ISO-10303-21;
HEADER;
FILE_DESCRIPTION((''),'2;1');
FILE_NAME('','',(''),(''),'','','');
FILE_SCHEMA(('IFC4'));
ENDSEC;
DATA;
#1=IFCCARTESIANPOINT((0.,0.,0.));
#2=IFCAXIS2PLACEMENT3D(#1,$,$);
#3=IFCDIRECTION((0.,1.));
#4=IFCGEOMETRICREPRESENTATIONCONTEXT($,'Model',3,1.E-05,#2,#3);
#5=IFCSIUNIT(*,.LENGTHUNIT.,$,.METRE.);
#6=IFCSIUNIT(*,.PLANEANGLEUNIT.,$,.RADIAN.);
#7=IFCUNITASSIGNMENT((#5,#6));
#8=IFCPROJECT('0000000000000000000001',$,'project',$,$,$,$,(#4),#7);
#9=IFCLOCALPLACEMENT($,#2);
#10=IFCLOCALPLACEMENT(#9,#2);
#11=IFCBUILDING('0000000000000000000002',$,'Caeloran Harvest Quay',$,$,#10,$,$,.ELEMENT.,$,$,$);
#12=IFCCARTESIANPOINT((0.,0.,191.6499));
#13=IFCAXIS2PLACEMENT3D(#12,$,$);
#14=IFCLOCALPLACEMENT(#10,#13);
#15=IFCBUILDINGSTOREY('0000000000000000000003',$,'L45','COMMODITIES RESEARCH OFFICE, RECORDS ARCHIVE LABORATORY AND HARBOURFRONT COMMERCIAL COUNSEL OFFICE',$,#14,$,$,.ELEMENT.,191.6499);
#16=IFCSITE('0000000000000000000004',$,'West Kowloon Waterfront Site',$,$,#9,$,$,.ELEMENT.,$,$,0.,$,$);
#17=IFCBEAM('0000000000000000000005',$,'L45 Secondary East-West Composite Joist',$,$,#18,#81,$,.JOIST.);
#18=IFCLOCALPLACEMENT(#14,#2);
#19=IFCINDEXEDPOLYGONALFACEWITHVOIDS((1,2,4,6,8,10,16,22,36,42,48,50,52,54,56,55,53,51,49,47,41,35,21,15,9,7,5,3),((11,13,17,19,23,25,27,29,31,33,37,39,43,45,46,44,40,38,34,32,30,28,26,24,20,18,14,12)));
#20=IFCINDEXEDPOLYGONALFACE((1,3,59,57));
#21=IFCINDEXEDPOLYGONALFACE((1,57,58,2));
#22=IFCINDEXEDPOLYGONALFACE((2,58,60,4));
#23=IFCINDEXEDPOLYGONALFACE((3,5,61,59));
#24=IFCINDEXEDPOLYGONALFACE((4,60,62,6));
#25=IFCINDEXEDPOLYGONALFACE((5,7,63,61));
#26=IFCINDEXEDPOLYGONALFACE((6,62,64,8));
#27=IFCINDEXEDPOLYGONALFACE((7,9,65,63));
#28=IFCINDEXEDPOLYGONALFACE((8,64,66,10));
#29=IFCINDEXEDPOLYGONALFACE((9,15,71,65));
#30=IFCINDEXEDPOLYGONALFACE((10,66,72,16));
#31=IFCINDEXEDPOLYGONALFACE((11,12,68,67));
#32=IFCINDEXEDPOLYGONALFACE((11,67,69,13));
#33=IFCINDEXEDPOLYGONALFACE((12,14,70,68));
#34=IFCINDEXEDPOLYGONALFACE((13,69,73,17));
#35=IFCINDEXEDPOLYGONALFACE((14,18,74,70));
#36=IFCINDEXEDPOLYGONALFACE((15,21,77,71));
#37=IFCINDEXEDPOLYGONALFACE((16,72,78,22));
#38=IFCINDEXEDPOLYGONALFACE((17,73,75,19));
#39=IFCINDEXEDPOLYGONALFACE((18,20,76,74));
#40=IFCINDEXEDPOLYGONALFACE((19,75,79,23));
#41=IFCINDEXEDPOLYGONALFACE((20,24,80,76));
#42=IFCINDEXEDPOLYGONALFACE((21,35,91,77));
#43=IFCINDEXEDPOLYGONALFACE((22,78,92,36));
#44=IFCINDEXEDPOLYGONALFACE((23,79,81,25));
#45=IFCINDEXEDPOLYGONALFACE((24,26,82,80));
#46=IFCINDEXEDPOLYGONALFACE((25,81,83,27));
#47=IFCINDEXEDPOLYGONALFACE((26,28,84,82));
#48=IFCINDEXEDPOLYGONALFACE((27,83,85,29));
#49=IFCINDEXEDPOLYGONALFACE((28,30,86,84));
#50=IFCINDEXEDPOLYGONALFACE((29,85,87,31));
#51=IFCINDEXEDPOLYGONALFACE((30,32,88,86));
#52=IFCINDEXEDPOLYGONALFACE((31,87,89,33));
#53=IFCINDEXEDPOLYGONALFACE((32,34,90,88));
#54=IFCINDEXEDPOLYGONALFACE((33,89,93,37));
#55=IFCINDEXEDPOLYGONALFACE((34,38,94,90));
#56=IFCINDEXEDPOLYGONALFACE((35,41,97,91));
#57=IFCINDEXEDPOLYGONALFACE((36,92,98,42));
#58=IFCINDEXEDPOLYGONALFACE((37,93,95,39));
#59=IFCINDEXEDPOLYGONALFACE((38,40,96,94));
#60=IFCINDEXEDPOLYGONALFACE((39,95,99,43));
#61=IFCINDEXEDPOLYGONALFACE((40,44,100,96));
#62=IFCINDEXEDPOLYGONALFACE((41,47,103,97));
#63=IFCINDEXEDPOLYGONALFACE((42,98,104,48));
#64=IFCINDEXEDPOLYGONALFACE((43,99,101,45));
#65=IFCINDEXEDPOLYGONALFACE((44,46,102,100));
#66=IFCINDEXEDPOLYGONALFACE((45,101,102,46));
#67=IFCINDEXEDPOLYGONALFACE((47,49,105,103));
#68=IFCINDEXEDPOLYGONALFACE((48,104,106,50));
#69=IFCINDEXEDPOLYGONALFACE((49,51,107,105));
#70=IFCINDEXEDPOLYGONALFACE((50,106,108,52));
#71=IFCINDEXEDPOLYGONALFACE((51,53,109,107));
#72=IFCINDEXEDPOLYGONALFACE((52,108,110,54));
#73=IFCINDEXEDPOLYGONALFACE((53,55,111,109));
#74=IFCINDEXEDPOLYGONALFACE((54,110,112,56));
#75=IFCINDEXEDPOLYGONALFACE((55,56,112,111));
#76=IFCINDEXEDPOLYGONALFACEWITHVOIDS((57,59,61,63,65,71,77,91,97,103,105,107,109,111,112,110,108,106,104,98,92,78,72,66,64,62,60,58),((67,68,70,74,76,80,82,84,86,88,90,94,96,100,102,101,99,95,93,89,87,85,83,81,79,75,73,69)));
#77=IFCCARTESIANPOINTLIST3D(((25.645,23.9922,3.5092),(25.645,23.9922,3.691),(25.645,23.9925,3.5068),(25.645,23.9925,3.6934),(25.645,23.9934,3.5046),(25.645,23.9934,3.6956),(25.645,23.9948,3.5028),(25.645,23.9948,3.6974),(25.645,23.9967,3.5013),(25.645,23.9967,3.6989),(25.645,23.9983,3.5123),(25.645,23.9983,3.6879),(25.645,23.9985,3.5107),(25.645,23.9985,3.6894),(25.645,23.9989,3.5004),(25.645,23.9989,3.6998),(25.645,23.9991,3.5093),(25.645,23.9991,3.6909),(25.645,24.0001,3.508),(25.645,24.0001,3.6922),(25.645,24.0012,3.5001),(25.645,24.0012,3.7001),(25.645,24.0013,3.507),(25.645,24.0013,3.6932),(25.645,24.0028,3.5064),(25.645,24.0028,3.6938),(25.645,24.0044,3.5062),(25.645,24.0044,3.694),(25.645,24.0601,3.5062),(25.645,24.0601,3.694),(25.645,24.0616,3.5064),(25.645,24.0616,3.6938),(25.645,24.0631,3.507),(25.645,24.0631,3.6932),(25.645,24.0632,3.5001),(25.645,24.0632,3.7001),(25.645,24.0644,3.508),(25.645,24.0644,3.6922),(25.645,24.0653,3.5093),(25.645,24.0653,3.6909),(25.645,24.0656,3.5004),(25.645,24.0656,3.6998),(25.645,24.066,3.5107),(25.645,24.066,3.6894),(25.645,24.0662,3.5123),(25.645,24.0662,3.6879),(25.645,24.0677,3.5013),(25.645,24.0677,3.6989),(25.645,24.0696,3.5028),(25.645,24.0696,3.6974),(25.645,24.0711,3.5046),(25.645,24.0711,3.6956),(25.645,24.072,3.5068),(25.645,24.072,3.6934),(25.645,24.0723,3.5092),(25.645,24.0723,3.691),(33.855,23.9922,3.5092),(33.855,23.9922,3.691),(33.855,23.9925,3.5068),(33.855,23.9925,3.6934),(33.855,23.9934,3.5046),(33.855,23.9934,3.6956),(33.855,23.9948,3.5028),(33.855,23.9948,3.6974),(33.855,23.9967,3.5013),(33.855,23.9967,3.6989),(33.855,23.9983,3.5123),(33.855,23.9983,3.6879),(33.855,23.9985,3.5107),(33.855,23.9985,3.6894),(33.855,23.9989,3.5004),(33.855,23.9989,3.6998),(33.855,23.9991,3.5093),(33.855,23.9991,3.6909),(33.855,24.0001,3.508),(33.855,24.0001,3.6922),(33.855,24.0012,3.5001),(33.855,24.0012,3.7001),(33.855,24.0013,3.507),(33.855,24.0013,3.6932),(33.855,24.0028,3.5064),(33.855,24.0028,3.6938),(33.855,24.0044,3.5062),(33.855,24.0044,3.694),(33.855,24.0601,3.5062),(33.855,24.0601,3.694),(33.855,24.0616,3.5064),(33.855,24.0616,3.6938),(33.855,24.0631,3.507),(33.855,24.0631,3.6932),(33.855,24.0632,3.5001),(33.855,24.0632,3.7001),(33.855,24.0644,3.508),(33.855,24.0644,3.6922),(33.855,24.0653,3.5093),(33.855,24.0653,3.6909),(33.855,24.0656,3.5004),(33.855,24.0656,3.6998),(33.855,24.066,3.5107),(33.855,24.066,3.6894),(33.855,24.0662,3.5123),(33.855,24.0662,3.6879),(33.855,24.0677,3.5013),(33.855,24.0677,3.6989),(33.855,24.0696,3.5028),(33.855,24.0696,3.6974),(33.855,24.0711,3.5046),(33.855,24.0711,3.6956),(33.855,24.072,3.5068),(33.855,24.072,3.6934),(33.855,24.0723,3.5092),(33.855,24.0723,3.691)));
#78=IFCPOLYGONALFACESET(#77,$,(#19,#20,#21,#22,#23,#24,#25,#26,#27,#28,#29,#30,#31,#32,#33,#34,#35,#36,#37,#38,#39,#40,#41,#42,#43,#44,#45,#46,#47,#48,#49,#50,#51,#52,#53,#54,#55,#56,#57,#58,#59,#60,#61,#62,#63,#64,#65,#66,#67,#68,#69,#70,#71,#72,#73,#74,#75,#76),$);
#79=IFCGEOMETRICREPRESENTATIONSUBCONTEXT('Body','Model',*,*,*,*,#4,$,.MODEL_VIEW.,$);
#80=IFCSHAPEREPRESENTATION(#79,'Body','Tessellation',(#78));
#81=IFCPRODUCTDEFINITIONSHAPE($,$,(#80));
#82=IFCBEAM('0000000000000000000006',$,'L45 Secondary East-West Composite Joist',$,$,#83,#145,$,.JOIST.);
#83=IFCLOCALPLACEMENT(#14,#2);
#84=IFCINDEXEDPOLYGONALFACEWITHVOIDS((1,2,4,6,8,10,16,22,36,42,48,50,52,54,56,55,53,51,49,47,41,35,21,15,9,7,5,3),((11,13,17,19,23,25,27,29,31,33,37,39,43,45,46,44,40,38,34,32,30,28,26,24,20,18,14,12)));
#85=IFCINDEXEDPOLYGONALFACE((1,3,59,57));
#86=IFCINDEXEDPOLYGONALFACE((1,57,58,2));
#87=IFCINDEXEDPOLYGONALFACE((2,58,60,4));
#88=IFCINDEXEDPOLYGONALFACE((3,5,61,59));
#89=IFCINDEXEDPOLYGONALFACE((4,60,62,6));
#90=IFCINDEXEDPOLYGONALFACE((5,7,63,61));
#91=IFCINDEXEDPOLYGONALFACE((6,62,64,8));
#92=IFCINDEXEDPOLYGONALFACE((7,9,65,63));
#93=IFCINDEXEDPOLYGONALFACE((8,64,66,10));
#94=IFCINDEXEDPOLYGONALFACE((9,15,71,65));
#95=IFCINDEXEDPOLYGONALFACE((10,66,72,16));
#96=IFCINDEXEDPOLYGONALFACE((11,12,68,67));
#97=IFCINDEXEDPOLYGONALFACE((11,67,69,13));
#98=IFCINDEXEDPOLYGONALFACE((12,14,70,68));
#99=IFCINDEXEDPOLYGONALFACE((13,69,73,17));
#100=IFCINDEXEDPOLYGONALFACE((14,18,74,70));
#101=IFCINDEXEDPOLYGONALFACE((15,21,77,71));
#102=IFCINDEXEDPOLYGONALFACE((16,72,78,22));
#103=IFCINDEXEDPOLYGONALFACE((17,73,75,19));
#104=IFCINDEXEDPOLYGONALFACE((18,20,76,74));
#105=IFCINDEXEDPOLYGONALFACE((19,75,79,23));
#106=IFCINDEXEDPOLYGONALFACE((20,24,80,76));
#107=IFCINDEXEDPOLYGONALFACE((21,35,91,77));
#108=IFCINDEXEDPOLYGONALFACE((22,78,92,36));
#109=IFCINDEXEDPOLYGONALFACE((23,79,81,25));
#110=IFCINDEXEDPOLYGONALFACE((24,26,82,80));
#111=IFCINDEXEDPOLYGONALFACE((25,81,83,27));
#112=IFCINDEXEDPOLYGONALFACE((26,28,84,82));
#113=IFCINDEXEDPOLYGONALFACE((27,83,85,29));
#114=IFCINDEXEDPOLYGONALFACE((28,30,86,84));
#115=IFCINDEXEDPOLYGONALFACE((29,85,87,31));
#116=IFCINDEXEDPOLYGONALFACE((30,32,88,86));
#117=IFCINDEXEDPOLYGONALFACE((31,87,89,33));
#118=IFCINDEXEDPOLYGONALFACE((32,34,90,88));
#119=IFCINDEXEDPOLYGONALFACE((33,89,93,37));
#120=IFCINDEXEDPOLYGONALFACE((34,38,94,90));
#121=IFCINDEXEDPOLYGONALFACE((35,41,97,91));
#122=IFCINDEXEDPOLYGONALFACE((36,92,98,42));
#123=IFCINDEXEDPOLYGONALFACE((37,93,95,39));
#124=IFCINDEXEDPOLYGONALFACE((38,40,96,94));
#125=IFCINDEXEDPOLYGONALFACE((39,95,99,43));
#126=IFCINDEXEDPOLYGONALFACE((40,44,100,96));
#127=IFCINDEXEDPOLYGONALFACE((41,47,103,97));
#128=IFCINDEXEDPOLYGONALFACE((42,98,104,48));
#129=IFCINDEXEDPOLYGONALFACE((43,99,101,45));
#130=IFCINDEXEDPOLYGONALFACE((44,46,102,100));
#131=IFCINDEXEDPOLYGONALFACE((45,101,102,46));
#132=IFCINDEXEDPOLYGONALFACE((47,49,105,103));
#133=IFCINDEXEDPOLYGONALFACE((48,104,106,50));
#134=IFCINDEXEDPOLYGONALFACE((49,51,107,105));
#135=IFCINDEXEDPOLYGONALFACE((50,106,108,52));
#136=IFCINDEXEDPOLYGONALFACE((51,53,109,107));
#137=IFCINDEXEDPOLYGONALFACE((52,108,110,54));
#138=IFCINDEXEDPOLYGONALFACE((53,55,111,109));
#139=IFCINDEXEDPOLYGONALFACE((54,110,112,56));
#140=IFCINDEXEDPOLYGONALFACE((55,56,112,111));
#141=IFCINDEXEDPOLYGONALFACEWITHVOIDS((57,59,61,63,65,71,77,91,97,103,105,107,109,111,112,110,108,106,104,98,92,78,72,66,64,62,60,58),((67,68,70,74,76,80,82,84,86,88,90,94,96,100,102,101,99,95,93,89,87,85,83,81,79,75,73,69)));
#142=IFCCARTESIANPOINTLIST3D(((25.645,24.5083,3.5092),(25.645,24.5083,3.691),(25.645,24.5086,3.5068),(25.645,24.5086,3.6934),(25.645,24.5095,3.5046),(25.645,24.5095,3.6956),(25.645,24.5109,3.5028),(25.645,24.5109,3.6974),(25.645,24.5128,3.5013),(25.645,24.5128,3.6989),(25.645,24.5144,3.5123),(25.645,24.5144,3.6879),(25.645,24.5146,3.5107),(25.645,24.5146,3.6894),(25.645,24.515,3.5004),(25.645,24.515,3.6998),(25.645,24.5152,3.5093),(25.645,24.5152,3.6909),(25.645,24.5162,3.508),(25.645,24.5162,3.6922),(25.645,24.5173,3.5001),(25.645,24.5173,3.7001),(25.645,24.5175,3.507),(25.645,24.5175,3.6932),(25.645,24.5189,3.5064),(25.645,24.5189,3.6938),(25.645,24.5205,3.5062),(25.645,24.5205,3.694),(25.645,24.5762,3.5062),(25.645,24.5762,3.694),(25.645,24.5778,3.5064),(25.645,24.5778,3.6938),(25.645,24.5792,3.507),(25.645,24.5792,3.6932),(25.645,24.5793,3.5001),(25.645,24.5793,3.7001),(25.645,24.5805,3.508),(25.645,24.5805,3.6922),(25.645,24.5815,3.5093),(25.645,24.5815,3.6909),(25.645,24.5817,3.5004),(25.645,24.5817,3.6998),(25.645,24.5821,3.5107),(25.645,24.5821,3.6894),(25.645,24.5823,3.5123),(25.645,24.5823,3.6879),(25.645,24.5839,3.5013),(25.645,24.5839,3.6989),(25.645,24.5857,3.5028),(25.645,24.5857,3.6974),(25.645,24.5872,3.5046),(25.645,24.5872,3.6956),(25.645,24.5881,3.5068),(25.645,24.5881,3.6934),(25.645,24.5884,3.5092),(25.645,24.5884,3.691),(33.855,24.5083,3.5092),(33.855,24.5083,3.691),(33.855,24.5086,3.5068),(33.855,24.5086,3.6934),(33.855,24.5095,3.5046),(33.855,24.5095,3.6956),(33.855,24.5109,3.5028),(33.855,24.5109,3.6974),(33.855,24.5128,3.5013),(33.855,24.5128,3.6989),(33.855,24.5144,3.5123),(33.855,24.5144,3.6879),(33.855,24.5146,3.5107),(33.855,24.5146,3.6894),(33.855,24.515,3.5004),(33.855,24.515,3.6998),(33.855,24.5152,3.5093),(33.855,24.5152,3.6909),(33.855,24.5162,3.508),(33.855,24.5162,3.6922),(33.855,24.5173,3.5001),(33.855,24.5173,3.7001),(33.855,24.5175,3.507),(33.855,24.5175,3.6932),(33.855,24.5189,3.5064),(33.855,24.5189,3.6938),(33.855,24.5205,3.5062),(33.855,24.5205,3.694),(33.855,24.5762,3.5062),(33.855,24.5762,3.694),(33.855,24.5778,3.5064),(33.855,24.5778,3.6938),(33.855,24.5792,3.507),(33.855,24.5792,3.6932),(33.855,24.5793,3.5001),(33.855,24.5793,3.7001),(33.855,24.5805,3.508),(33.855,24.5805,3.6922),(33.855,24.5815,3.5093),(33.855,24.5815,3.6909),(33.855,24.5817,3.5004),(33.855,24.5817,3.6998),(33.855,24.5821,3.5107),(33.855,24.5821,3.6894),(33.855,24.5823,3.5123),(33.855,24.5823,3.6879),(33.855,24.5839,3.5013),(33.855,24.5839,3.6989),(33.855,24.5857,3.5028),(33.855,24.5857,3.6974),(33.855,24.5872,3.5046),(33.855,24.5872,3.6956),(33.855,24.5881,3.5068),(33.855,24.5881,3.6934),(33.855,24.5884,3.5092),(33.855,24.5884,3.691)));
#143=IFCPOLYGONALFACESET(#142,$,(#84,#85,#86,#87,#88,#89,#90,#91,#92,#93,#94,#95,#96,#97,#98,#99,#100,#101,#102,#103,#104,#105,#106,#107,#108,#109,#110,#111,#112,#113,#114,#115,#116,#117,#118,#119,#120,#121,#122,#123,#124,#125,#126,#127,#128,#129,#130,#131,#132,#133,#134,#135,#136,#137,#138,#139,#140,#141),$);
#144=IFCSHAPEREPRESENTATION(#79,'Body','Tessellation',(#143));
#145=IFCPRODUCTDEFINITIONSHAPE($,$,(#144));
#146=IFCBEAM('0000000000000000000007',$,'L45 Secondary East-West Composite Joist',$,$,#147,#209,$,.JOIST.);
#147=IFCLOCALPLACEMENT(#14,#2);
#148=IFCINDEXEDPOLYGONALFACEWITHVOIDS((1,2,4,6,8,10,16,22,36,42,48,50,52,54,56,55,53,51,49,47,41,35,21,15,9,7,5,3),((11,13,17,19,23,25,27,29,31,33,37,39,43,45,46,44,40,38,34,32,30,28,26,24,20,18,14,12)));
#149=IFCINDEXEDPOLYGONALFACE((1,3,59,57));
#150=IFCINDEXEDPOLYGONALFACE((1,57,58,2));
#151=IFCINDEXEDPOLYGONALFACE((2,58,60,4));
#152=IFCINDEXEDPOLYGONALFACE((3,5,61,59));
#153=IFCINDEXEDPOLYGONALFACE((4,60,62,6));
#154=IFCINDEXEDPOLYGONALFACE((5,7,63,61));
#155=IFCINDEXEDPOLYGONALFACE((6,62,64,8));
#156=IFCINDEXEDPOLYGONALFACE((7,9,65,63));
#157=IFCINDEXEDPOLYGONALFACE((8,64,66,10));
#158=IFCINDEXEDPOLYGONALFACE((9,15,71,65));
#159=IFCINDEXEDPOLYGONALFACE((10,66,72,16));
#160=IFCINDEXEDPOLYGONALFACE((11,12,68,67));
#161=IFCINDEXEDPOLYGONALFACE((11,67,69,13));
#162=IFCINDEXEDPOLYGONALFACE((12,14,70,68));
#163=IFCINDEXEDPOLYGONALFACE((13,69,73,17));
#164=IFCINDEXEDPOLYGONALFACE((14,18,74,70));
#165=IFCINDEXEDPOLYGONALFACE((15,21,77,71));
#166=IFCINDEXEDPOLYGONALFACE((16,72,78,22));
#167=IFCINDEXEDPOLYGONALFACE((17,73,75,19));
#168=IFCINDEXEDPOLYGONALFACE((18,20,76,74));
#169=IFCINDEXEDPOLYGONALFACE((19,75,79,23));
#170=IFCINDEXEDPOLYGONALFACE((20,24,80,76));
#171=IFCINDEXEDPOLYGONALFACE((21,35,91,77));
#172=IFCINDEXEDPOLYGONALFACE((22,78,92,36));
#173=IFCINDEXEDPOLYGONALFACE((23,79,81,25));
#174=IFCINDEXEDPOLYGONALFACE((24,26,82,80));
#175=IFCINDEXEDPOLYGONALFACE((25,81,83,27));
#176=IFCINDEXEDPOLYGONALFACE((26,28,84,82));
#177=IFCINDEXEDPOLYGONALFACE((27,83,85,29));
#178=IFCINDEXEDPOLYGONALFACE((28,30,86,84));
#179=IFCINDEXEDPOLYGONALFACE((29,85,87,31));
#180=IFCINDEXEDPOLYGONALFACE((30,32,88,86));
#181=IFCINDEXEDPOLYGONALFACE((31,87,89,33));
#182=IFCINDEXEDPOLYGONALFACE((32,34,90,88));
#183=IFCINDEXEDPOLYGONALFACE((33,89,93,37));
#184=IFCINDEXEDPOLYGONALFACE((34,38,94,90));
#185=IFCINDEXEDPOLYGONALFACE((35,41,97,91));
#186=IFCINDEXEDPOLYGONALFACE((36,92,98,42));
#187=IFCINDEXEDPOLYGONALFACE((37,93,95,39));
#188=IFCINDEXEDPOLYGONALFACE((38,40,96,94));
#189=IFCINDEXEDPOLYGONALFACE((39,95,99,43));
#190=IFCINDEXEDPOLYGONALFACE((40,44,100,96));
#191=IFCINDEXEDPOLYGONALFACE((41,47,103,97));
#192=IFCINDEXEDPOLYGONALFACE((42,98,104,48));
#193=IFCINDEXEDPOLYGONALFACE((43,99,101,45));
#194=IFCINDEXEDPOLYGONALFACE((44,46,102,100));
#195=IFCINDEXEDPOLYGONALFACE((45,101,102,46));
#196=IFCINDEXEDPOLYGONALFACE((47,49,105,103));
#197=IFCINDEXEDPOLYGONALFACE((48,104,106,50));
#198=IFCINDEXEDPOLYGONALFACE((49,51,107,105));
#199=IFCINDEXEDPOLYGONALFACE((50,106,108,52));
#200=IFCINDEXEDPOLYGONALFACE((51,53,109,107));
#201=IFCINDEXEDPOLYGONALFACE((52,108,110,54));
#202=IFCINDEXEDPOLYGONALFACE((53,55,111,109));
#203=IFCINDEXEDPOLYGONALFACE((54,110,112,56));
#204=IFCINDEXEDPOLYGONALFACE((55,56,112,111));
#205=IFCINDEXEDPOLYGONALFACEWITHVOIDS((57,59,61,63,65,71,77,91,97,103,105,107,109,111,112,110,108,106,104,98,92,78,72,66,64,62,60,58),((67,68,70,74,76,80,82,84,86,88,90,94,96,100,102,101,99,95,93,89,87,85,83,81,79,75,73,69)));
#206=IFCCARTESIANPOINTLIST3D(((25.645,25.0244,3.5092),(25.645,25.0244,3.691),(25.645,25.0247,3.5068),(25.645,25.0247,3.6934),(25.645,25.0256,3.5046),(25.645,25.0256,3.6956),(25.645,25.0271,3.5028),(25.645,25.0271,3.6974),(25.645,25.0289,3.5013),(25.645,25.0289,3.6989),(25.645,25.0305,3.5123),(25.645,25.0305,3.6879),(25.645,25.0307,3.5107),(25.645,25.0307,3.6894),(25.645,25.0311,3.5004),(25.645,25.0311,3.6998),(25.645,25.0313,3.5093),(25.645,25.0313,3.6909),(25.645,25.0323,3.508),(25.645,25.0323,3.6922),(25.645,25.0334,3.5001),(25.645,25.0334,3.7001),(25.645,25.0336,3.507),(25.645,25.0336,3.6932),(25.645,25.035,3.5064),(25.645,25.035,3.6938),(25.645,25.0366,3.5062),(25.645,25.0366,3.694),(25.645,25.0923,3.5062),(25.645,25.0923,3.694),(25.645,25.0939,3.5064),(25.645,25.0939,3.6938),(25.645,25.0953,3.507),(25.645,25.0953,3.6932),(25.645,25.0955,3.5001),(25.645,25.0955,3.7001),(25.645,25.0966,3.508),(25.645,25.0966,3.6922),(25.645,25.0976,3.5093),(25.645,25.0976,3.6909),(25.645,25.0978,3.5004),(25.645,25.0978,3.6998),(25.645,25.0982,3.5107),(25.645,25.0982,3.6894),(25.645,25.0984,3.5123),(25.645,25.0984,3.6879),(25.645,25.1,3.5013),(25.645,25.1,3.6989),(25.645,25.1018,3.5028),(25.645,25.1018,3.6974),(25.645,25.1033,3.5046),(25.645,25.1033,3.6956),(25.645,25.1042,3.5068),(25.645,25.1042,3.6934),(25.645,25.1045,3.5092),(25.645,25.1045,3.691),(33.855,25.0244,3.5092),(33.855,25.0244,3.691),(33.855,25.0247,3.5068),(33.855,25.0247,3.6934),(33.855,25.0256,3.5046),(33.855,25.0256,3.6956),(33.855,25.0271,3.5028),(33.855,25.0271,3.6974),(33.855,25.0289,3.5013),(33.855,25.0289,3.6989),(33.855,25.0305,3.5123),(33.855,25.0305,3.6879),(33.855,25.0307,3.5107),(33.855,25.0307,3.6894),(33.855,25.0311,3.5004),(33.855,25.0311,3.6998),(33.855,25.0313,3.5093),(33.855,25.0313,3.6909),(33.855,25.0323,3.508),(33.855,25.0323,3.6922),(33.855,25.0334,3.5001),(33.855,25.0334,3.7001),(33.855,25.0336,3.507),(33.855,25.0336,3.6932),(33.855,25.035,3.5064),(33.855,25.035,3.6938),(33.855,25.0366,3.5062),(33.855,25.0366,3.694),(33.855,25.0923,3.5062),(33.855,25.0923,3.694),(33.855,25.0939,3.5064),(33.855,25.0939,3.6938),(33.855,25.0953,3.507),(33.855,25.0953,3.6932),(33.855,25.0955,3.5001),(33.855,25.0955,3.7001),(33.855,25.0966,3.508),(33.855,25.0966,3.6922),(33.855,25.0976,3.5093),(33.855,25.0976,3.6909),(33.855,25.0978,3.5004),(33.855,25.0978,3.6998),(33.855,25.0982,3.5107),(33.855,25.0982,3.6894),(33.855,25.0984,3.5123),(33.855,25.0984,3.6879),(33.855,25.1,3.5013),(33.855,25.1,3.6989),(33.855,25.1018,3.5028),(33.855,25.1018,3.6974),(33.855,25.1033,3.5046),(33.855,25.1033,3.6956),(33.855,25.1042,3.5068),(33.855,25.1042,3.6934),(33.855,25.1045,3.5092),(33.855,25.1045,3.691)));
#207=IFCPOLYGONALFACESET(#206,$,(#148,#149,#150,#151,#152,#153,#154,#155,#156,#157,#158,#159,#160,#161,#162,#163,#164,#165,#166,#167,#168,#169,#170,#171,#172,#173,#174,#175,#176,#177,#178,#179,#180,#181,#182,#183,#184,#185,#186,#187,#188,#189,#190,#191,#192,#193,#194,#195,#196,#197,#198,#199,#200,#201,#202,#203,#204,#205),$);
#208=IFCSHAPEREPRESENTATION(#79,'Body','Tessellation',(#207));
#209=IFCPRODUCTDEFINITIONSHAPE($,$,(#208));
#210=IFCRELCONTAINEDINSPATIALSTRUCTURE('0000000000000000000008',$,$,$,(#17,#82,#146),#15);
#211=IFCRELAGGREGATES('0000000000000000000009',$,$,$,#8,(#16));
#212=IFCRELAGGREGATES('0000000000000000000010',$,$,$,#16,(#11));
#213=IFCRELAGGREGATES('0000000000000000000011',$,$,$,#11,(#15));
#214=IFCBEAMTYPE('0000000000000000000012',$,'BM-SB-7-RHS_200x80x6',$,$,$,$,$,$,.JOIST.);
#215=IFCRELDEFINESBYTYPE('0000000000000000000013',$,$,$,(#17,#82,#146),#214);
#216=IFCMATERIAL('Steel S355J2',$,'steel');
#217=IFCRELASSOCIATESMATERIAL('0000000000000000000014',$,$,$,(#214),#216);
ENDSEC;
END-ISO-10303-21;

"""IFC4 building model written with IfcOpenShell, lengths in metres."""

from ifc_helpers import new_model, si_unit, direction, frame, origin, origin_2d, place, context, subcontext, project, spatial, hollow_rectangle, extrude, material, material_profile, profile_set, type_object, element, save


model = new_model("IFC4")

# Units and contexts
model_context = context("Model", 3, precision=1e-05, world=origin(), true_north=direction((0.0, 1.0)))
body_context = subcontext(model_context, "Body", "Model", "MODEL_VIEW")
ifc_project = project(units=[si_unit("LENGTHUNIT", "METRE"), si_unit("PLANEANGLEUNIT", "RADIAN")], contexts=[model_context])

# Site, building, storey
site_placement = place(None, origin())
site = spatial("IfcSite", under=ifc_project, at=site_placement, Name="West Kowloon Waterfront Site", CompositionType="ELEMENT", RefElevation=0.0)
building_placement = place(site_placement, origin())
building = spatial("IfcBuilding", under=site, at=building_placement, Name="Caeloran Harvest Quay", CompositionType="ELEMENT")
storey_placement = place(building_placement, frame((0.0, 0.0, 191.6499)))
storey = spatial("IfcBuildingStorey", under=building, at=storey_placement, Name="L45", Description="COMMODITIES RESEARCH OFFICE, RECORDS ARCHIVE LABORATORY AND HARBOURFRONT COMMERCIAL COUNSEL OFFICE", CompositionType="ELEMENT", Elevation=191.6499)

# Beams
ifc_material_1 = material(Name="Steel S355J2", Category="steel")
ifc_material_profile_1 = material_profile(ifc_material_1, hollow_rectangle(XDim=0.0801, YDim=0.2, WallThickness=0.0061, InnerFilletRadius=0.0061, OuterFilletRadius=0.009, at=origin_2d()), Name="RHS 200x80x6")
ifc_profile_set_1 = profile_set([ifc_material_profile_1], Name="Steel S355J2")
beam_type_1 = type_object("IfcBeamType", Name="BM-SB-7-RHS_200x80x6", PredefinedType="JOIST", material=ifc_profile_set_1)
for number, where, z_axis, x_axis, name in (
    (1, (25.645, 24.0322, 3.6001), (1.0, 0.0, 0.0), (0.0, 1.0, 0.0), "L45 Secondary East-West Composite Joist"),
    (2, (25.645, 24.5483, 3.6001), (1.0, 0.0, 0.0), (0.0, 1.0, 0.0), "L45 Secondary East-West Composite Joist"),
    (3, (25.645, 25.0645, 3.6001), (1.0, 0.0, 0.0), (0.0, 1.0, 0.0), "L45 Secondary East-West Composite Joist"),
):
    element("IfcBeam", number, at=place(storey_placement, frame(where, z_axis=z_axis, x_axis=x_axis)), inside=storey, type_object=beam_type_1, Name=name, PredefinedType="JOIST", context=body_context, shape_type="SweptSolid", body=[
        extrude(hollow_rectangle(XDim=0.0801, YDim=0.2, WallThickness=0.0061, InnerFilletRadius=0.0061, OuterFilletRadius=0.009, at=origin_2d()), origin(), (0.0, 0.0, 1.0), 8.21),
    ])

save(model, "model.ifc")
